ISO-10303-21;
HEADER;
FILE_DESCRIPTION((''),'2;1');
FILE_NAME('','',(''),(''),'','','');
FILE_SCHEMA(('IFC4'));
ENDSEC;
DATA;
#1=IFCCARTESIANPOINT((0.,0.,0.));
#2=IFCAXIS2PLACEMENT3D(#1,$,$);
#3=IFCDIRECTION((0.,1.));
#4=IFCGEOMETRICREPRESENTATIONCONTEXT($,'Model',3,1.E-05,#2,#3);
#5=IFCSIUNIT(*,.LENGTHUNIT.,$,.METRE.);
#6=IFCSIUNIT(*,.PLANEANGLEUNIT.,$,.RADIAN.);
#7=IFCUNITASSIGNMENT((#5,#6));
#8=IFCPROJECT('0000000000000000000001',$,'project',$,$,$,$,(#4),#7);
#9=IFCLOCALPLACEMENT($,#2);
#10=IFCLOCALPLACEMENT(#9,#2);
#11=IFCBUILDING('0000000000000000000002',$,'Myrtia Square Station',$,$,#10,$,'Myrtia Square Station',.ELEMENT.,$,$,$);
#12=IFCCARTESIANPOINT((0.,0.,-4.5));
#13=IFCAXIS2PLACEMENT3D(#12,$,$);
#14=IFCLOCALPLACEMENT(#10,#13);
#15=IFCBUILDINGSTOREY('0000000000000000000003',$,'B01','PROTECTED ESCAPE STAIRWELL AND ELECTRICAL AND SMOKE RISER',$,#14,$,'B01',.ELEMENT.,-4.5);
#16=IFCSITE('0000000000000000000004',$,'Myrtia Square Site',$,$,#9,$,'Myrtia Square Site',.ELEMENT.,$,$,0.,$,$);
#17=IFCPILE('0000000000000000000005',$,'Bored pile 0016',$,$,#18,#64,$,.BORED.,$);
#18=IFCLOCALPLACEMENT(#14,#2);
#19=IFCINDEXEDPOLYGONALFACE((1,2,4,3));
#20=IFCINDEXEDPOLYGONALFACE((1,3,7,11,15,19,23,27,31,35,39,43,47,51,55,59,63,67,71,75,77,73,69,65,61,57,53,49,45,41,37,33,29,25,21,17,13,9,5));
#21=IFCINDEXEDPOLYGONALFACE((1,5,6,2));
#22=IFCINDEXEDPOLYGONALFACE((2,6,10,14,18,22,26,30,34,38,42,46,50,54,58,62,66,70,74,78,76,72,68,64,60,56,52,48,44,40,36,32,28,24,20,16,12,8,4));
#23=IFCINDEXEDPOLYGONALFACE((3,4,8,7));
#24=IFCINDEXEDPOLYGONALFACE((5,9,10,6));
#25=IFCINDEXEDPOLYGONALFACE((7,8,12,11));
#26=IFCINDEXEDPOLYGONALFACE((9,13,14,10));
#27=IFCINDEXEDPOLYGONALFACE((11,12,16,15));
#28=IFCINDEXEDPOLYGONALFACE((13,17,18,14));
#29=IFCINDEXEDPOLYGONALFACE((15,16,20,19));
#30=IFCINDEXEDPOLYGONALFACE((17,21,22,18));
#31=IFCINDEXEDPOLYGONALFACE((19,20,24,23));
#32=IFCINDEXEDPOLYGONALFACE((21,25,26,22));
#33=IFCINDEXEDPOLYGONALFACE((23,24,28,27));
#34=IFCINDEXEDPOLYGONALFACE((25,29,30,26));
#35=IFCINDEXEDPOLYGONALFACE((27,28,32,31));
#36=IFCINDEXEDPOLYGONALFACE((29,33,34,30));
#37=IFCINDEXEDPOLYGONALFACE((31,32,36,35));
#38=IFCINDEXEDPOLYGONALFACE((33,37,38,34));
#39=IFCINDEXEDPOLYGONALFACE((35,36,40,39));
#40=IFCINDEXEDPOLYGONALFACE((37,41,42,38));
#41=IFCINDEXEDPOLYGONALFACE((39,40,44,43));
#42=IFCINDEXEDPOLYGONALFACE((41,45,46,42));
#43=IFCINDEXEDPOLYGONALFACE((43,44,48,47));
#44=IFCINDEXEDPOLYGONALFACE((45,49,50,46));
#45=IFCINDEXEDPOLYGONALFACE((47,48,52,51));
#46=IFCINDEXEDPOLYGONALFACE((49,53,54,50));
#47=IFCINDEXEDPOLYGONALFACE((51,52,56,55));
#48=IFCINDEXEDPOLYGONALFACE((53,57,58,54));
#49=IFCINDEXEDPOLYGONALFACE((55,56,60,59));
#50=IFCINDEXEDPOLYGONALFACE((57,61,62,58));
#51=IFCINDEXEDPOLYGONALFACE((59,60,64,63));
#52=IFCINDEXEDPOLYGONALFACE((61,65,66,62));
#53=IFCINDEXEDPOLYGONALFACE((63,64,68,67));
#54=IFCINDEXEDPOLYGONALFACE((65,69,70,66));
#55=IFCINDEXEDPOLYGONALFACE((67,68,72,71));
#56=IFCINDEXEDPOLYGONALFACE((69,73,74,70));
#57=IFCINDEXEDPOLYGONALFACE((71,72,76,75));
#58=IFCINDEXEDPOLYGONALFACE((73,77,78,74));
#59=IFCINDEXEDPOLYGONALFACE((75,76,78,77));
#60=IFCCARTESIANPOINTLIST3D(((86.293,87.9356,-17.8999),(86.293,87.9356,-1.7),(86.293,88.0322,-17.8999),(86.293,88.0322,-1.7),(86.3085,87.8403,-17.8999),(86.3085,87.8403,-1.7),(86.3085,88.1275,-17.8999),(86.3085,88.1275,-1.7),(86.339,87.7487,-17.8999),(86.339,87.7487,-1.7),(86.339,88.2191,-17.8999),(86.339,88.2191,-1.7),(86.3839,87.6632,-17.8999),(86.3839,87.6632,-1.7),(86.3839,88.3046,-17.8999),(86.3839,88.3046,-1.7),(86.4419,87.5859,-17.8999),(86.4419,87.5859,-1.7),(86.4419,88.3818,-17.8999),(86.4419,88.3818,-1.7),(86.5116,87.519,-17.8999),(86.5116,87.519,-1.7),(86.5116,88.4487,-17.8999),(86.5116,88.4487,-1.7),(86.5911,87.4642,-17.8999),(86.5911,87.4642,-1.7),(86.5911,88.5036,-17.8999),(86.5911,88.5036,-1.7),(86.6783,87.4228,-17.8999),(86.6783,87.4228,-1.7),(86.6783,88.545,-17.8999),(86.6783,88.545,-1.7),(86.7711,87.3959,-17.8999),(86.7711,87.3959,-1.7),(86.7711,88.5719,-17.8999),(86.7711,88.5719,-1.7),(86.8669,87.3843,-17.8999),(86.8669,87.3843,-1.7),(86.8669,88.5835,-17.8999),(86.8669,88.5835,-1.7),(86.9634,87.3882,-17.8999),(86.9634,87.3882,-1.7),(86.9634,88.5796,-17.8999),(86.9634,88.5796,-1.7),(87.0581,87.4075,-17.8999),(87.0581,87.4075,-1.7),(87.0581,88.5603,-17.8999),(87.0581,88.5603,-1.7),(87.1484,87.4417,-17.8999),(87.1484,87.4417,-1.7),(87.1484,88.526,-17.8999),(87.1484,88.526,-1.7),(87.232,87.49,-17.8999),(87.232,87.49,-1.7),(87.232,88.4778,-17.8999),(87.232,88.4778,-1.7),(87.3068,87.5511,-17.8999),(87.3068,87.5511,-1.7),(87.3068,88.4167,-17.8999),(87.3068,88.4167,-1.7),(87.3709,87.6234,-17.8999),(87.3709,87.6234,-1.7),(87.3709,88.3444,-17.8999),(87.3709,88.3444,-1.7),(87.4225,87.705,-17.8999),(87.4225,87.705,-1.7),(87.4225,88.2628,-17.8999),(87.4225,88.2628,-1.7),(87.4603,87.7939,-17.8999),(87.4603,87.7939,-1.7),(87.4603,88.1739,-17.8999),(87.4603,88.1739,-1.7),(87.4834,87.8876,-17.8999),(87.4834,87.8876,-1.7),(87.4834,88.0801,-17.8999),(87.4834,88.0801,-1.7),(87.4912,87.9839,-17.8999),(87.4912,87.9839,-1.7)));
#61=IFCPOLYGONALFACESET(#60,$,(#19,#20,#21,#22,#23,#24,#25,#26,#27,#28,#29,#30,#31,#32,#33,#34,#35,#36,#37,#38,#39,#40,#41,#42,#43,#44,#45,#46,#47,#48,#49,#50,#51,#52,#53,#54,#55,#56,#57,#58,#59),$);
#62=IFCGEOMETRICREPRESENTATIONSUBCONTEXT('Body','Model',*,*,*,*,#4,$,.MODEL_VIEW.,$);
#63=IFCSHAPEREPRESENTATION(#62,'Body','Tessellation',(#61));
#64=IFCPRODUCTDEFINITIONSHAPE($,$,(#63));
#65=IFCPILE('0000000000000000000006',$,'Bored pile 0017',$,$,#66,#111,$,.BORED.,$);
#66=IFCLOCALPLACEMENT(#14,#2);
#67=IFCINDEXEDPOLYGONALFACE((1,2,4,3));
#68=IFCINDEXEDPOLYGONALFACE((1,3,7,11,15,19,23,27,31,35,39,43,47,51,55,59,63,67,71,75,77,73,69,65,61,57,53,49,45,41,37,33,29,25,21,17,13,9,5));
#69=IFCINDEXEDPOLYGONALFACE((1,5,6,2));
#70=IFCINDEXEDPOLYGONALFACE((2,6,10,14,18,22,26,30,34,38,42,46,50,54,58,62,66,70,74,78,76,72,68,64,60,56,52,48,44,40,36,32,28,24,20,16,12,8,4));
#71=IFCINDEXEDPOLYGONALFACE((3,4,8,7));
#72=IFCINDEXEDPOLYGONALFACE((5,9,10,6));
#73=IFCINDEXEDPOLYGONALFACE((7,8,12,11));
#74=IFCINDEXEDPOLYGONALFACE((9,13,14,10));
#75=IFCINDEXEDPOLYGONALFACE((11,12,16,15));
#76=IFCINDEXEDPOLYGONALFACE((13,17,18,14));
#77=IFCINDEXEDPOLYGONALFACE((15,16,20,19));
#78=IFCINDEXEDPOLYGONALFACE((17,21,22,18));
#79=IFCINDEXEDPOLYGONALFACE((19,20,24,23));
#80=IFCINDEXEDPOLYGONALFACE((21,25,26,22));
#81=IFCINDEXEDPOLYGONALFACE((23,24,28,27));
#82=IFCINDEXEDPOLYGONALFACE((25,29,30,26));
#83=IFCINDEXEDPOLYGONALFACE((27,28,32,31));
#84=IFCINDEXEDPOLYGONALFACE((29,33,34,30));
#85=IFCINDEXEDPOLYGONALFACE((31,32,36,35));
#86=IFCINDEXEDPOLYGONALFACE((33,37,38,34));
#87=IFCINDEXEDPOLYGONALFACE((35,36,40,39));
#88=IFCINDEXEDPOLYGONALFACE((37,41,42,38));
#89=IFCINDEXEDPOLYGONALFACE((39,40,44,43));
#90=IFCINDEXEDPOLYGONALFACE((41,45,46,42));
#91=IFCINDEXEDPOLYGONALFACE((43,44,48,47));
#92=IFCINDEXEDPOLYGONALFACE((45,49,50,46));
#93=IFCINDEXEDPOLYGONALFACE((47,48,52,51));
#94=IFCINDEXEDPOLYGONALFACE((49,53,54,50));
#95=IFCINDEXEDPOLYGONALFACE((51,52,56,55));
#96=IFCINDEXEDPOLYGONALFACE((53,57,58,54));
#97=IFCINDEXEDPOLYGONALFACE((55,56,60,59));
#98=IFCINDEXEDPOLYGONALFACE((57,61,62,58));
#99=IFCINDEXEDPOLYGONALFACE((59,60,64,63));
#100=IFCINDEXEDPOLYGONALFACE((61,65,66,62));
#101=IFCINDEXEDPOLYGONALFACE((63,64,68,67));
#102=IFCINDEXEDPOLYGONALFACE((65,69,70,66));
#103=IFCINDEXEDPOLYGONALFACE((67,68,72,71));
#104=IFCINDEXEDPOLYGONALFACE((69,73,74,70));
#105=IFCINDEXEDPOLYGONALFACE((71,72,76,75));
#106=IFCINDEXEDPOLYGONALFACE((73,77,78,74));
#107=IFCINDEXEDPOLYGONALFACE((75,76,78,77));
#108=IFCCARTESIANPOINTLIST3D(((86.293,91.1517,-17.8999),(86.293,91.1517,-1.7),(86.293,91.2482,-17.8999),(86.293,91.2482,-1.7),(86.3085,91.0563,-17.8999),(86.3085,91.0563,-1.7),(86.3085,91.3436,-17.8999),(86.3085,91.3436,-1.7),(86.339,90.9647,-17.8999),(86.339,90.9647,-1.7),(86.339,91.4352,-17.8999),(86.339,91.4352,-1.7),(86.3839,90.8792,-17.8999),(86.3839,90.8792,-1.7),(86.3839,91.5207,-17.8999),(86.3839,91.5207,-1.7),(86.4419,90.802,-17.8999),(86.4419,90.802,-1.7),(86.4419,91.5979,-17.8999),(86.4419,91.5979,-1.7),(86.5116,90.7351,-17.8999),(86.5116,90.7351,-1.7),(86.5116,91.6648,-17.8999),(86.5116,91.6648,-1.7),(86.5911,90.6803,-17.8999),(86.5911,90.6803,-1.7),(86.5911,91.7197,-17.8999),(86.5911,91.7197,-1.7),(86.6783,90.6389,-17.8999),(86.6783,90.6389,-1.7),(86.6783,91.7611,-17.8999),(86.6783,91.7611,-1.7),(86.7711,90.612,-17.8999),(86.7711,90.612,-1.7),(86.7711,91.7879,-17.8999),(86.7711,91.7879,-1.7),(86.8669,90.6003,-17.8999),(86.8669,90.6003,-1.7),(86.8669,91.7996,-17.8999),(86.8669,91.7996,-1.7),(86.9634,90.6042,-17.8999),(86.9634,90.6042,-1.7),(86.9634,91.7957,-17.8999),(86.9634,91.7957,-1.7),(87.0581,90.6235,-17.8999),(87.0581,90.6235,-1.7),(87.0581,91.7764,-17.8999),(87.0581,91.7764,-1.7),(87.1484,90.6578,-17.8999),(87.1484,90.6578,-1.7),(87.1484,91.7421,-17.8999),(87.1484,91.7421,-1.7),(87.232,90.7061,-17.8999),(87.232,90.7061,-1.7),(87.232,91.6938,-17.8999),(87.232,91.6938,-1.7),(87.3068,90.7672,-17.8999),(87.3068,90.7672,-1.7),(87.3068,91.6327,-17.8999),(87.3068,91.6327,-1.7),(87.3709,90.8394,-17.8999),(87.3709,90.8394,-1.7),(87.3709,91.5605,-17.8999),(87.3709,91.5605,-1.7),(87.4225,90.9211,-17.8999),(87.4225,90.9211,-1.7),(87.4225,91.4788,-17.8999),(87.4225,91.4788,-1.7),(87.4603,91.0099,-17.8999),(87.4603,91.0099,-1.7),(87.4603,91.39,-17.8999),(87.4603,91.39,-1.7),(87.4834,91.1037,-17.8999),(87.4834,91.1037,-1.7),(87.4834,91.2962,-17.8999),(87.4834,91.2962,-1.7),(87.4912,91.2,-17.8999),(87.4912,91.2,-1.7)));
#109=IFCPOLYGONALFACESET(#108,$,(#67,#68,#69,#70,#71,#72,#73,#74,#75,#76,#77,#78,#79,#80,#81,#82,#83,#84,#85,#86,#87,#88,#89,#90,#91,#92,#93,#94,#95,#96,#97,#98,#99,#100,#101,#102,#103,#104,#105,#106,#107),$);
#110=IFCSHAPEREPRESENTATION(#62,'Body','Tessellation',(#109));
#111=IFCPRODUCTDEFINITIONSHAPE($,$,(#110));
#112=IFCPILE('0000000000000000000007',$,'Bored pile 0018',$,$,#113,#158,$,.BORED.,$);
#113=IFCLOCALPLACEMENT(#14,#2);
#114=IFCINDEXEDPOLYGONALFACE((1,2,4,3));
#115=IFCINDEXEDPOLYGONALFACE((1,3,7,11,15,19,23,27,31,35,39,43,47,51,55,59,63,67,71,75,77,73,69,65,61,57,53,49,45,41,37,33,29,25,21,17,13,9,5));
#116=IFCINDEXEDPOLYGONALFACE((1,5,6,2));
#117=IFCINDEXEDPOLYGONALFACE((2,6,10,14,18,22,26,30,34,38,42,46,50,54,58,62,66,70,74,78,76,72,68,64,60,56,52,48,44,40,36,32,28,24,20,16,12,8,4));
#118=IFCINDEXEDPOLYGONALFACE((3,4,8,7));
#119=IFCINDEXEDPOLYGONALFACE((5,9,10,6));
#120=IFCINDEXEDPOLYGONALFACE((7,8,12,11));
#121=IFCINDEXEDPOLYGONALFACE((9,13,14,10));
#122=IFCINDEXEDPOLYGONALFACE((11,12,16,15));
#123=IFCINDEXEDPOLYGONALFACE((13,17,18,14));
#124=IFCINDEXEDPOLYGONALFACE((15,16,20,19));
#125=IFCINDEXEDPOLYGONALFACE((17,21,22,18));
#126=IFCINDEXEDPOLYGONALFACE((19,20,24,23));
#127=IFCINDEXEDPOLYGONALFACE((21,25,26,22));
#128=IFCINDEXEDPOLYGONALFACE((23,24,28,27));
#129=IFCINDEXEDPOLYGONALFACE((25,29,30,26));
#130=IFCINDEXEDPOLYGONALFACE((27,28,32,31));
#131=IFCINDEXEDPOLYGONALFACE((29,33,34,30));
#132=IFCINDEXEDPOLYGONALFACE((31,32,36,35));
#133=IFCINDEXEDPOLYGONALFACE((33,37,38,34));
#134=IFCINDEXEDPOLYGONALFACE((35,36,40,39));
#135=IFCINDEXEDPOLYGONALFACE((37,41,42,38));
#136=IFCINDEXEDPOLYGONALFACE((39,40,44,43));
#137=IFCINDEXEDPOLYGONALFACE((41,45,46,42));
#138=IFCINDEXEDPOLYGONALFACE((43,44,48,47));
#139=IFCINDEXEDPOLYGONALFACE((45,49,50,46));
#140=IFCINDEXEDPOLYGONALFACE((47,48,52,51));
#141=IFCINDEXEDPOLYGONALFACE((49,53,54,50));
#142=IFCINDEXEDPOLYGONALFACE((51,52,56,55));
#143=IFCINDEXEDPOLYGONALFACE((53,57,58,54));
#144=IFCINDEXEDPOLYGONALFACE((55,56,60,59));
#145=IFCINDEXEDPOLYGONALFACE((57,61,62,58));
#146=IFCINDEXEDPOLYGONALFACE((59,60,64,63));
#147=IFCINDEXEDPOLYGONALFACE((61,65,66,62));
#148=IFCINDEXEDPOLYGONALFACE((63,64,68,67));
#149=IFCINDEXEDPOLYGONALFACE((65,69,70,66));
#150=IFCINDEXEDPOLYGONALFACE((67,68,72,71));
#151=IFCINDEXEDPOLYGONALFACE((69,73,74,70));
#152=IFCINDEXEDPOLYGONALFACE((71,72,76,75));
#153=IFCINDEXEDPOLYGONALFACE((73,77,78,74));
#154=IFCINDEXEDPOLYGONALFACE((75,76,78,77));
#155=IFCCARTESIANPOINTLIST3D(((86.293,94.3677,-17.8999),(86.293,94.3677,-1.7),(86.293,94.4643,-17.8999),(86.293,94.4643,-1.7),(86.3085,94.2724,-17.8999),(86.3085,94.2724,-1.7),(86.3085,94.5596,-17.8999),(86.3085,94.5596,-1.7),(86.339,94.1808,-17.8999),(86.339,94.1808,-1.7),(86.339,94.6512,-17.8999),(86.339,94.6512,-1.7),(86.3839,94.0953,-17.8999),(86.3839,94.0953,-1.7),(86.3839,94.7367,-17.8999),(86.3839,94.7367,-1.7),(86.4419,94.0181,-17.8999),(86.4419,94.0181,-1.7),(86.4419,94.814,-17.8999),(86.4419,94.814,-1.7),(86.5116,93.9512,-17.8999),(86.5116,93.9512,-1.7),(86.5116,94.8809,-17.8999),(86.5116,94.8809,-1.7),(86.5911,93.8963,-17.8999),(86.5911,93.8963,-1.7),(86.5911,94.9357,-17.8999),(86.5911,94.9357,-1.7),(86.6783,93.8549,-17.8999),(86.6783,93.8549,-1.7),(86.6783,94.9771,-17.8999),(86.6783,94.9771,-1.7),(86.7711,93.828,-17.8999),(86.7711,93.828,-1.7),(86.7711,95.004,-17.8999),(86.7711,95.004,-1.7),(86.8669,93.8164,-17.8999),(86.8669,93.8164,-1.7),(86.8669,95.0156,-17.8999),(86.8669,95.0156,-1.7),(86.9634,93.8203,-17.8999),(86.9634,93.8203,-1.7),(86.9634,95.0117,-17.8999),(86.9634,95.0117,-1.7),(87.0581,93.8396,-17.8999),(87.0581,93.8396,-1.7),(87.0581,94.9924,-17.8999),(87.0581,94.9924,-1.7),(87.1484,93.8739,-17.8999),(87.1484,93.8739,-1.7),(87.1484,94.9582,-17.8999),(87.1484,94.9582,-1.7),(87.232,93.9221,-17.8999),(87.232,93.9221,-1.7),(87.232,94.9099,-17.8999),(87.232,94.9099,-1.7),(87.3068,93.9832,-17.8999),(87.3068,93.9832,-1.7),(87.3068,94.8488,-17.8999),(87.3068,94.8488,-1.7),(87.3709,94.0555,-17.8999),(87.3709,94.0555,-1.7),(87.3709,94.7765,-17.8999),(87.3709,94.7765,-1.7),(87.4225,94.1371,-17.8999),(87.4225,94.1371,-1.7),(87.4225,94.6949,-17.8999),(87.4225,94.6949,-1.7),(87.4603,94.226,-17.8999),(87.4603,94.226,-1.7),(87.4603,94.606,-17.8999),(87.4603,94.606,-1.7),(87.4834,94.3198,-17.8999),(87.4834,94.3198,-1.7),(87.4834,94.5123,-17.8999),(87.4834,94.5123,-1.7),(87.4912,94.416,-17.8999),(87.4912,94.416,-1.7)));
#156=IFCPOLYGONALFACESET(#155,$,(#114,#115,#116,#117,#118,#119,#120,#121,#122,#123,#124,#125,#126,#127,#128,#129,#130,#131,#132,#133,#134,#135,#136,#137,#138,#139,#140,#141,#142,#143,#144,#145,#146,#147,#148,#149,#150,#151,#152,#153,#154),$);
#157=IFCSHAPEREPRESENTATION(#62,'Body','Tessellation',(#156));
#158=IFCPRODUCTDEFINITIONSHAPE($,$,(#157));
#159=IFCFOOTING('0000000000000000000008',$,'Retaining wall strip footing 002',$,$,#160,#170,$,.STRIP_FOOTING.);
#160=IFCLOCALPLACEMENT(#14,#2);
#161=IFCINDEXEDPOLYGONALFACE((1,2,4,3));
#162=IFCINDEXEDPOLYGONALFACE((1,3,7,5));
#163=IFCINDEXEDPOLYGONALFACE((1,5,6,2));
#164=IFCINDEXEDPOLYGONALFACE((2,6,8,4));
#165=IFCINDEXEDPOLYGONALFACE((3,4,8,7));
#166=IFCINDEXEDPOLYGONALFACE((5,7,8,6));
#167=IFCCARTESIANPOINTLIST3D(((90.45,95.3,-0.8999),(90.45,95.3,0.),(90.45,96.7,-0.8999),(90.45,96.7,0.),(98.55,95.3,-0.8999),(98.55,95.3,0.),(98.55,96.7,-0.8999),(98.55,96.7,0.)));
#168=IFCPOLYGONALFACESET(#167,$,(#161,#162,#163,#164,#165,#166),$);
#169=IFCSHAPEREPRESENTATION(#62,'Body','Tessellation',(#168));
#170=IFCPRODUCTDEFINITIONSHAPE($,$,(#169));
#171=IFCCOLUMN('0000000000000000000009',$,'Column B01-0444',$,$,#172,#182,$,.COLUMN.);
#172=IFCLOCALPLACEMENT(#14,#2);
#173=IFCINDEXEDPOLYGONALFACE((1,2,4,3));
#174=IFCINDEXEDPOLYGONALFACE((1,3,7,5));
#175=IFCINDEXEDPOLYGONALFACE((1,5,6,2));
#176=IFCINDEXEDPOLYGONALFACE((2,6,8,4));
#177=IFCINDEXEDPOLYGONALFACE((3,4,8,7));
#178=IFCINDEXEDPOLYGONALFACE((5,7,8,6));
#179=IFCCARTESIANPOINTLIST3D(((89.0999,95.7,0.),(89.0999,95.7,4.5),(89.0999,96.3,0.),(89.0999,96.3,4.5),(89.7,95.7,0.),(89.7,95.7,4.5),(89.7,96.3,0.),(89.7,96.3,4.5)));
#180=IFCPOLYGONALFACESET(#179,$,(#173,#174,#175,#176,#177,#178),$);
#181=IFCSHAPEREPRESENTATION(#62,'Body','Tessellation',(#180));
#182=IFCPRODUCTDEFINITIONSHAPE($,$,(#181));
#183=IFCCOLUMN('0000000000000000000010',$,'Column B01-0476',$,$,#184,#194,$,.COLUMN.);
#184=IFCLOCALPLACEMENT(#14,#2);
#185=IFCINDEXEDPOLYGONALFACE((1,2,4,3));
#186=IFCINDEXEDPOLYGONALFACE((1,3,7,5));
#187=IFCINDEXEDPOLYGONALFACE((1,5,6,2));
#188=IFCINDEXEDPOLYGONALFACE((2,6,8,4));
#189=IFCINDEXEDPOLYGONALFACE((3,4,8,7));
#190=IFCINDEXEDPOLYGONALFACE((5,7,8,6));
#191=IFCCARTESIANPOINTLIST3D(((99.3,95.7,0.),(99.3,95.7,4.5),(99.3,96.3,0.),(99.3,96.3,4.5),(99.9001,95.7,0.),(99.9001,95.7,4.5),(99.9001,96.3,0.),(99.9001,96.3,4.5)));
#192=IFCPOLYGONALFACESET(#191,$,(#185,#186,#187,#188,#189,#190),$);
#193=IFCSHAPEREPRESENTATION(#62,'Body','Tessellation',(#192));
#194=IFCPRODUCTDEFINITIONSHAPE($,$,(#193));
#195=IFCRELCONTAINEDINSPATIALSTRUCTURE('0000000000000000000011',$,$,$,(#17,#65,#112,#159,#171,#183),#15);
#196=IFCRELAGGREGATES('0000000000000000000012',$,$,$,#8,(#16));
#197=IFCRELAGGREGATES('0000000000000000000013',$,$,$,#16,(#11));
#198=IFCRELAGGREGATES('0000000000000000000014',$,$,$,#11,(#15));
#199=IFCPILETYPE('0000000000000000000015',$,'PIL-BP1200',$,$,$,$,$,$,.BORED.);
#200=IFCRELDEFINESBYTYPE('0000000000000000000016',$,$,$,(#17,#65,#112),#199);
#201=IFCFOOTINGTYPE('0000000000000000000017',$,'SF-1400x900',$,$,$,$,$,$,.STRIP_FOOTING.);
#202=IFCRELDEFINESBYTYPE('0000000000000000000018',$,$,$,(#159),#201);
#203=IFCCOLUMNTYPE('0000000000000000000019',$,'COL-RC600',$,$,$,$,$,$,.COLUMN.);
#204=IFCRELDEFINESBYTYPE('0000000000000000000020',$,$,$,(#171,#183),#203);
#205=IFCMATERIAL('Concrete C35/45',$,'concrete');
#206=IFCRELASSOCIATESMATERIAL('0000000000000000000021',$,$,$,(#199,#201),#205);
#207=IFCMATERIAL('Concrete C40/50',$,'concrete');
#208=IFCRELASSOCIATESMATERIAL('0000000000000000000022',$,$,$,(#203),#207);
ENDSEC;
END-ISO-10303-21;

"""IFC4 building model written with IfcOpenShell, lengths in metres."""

from ifc_helpers import new_model, si_unit, direction, frame, origin, origin_2d, place, context, subcontext, project, spatial, rectangle, circle, extrude, material, material_profile, profile_set, type_object, element, save


model = new_model("IFC4")

# Units and contexts
model_context = context("Model", 3, precision=1e-05, world=origin(), true_north=direction((0.0, 1.0)))
body_context = subcontext(model_context, "Body", "Model", "MODEL_VIEW")
ifc_project = project(units=[si_unit("LENGTHUNIT", "METRE"), si_unit("PLANEANGLEUNIT", "RADIAN")], contexts=[model_context])

# Site, building, storey
site_placement = place(None, origin())
site = spatial("IfcSite", under=ifc_project, at=site_placement, Name="Myrtia Square Site", LongName="Myrtia Square Site", CompositionType="ELEMENT", RefElevation=0.0)
building_placement = place(site_placement, origin())
building = spatial("IfcBuilding", under=site, at=building_placement, Name="Myrtia Square Station", LongName="Myrtia Square Station", CompositionType="ELEMENT")
storey_placement = place(building_placement, frame((0.0, 0.0, -4.5)))
storey = spatial("IfcBuildingStorey", under=building, at=storey_placement, Name="B01", Description="PROTECTED ESCAPE STAIRWELL AND ELECTRICAL AND SMOKE RISER", LongName="B01", CompositionType="ELEMENT", Elevation=-4.5)

# Shared definitions
ifc_material_1 = material(Name="Concrete C35/45", Category="concrete")

# Piles
ifc_material_profile_1 = material_profile(ifc_material_1, circle(Radius=0.6001, at=origin_2d()), Name="BP D1200")
ifc_profile_set_1 = profile_set([ifc_material_profile_1], Name="Concrete C35/45")
pile_type = type_object("IfcPileType", Name="PIL-BP1200", PredefinedType="BORED", material=ifc_profile_set_1)
for number, where, z_axis, x_axis, name in (
    (1, (86.8911, 87.9839, -1.7), (0.0, 0.0, -1.0), (1.0, 0.0, 0.0), "Bored pile 0016"),
    (2, (86.8911, 91.2, -1.7), (0.0, 0.0, -1.0), (1.0, 0.0, 0.0), "Bored pile 0017"),
    (3, (86.8911, 94.416, -1.7), (0.0, 0.0, -1.0), (1.0, 0.0, 0.0), "Bored pile 0018"),
):
    element("IfcPile", number, at=place(storey_placement, frame(where, z_axis=z_axis, x_axis=x_axis)), inside=storey, type_object=pile_type, Name=name, PredefinedType="BORED", context=body_context, shape_type="SweptSolid", body=[
        extrude(circle(Radius=0.6001, at=origin_2d()), origin(), (0.0, 0.0, 1.0), 16.2),
    ])

# Footing
footing_type_1 = type_object("IfcFootingType", Name="SF-1400x900", PredefinedType="STRIP_FOOTING", material=ifc_material_1)
footing_1_placement = place(storey_placement, frame((94.5, 96.0, -0.8999), z_axis=(0.0, 0.0, 1.0), x_axis=(1.0, 0.0, 0.0)))
element("IfcFooting", 4, at=footing_1_placement, inside=storey, type_object=footing_type_1, Name="Retaining wall strip footing 002", PredefinedType="STRIP_FOOTING", context=body_context, shape_type="SweptSolid", body=[
    extrude(rectangle(XDim=8.1001, YDim=1.3999, at=origin_2d()), origin(), (0.0, 0.0, 1.0), 0.8999),
])

# Columns
ifc_material_2 = material(Name="Concrete C40/50", Category="concrete")
ifc_material_profile_2 = material_profile(ifc_material_2, rectangle(XDim=0.6001, YDim=0.6001, at=origin_2d()), Name="RC 600x600")
ifc_profile_set_2 = profile_set([ifc_material_profile_2], Name="Concrete C40/50")
column_type = type_object("IfcColumnType", Name="COL-RC600", PredefinedType="COLUMN", material=ifc_profile_set_2)
for number, where, z_axis, x_axis, name in (
    (5, (89.3999, 96.0, 0.0), (0.0, 0.0, 1.0), (1.0, 0.0, 0.0), "Column B01-0444"),
    (6, (99.6001, 96.0, 0.0), (0.0, 0.0, 1.0), (1.0, 0.0, 0.0), "Column B01-0476"),
):
    element("IfcColumn", number, at=place(storey_placement, frame(where, z_axis=z_axis, x_axis=x_axis)), inside=storey, type_object=column_type, Name=name, PredefinedType="COLUMN", context=body_context, shape_type="SweptSolid", body=[
        extrude(rectangle(XDim=0.6001, YDim=0.6001, at=origin_2d()), origin(), (0.0, 0.0, 1.0), 4.5),
    ])

save(model, "model.ifc")
